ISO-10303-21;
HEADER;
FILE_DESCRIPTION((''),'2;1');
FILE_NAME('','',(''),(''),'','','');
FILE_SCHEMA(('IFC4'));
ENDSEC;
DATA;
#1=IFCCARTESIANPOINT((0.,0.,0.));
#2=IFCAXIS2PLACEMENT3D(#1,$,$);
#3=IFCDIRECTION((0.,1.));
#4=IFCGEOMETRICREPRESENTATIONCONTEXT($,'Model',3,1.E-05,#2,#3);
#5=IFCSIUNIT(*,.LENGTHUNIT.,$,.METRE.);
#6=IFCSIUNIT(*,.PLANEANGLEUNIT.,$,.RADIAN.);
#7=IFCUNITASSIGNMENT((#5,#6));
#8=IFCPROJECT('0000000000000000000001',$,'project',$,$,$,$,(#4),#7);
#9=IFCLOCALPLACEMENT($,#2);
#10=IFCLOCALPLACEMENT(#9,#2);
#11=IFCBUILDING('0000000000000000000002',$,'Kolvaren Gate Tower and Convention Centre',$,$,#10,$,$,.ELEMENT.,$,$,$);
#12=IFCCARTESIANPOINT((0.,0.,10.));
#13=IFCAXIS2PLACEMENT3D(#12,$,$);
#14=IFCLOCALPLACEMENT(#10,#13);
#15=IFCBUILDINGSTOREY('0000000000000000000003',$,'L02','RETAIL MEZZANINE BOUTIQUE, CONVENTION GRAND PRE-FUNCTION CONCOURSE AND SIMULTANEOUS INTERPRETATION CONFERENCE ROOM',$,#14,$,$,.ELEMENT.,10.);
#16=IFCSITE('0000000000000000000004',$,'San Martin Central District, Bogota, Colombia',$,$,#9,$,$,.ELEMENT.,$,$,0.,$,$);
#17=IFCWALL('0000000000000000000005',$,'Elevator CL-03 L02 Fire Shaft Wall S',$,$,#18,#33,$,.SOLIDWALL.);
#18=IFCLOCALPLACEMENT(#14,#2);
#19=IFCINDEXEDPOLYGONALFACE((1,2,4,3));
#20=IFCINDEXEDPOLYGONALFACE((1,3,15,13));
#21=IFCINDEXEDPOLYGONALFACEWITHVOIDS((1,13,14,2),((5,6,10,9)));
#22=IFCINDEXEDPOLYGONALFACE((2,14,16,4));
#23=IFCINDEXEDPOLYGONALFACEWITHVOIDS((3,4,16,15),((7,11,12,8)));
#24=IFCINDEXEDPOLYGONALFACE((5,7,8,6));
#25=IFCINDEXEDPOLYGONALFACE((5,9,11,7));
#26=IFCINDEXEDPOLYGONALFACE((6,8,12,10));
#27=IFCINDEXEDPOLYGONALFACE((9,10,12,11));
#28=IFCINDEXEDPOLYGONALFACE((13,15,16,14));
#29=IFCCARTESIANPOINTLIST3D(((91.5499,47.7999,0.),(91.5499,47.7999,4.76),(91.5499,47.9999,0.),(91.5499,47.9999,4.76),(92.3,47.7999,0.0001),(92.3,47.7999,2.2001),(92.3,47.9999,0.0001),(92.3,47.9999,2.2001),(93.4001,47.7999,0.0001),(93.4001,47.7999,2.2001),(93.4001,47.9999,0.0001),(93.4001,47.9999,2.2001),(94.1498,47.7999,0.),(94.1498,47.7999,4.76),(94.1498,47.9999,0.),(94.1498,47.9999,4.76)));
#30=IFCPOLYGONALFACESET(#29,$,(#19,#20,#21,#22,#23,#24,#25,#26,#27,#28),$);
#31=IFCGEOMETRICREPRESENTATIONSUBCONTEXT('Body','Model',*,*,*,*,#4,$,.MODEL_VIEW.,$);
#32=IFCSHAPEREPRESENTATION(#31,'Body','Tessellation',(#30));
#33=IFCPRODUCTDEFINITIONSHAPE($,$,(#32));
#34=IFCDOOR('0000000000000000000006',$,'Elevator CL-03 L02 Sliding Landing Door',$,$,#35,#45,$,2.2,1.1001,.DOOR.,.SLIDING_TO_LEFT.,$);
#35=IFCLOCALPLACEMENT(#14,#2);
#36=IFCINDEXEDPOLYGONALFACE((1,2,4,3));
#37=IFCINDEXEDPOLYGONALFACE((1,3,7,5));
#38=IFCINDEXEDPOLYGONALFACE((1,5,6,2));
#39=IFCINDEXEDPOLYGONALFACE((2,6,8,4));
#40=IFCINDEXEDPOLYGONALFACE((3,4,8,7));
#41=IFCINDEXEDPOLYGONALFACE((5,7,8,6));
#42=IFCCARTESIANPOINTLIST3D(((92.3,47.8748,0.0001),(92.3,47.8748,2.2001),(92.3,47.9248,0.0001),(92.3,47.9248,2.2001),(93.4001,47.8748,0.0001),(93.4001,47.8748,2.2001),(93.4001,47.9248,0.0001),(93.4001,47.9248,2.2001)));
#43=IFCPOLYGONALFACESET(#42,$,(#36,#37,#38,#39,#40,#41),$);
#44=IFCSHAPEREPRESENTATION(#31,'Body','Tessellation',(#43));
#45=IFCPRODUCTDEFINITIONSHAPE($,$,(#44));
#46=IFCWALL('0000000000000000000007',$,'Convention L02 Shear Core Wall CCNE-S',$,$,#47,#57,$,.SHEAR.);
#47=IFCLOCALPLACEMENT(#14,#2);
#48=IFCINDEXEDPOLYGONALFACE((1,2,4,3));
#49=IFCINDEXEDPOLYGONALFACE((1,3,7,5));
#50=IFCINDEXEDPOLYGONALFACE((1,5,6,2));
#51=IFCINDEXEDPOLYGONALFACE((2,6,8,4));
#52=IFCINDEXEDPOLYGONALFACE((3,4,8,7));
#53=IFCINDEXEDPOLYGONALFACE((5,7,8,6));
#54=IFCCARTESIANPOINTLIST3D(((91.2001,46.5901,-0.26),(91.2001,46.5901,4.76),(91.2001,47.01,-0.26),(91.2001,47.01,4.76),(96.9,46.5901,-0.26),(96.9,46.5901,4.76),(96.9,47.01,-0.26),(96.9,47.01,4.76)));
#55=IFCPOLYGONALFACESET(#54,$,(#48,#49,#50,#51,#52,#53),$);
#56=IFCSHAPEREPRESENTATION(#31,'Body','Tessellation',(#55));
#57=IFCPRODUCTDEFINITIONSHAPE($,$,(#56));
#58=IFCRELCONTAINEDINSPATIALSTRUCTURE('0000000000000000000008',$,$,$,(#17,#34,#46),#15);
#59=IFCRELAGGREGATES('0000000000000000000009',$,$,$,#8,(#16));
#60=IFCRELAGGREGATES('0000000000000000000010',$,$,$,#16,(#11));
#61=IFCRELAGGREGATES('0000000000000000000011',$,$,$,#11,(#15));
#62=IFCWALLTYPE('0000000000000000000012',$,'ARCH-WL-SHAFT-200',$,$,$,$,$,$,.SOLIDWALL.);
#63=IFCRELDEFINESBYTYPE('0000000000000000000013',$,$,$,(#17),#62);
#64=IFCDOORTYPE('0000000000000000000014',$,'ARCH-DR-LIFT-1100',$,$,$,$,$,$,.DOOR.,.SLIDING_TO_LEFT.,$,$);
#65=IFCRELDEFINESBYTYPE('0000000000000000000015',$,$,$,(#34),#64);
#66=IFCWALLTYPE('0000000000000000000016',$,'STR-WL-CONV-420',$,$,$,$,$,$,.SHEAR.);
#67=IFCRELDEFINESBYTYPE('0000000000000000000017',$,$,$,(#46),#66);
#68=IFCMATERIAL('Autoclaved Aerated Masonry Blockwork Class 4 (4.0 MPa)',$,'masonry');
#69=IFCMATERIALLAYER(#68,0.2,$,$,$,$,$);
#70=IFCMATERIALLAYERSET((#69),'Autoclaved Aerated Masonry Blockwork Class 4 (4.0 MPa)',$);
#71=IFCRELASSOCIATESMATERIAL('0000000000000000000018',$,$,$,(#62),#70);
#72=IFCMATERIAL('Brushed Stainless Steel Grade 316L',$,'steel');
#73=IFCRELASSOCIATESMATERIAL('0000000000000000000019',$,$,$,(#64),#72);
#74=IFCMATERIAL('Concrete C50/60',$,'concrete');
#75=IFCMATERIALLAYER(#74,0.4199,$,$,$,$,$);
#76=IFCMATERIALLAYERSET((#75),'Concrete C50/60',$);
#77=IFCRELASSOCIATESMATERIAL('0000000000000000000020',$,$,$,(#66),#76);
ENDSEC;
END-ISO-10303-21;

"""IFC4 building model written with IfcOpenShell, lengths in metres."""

from ifc_helpers import new_model, si_unit, direction, frame, frame_2d, origin, place, context, subcontext, project, spatial, rectangle, extrude, material, layer, layer_set, type_object, element, fill, save


model = new_model("IFC4")

# Units and contexts
model_context = context("Model", 3, precision=1e-05, world=origin(), true_north=direction((0.0, 1.0)))
body_context = subcontext(model_context, "Body", "Model", "MODEL_VIEW")
ifc_project = project(units=[si_unit("LENGTHUNIT", "METRE"), si_unit("PLANEANGLEUNIT", "RADIAN")], contexts=[model_context])

# Site, building, storey
site_placement = place(None, origin())
site = spatial("IfcSite", under=ifc_project, at=site_placement, Name="San Martin Central District, Bogota, Colombia", CompositionType="ELEMENT", RefElevation=0.0)
building_placement = place(site_placement, origin())
building = spatial("IfcBuilding", under=site, at=building_placement, Name="Kolvaren Gate Tower and Convention Centre", CompositionType="ELEMENT")
storey_placement = place(building_placement, frame((0.0, 0.0, 10.0)))
storey = spatial("IfcBuildingStorey", under=building, at=storey_placement, Name="L02", Description="RETAIL MEZZANINE BOUTIQUE, CONVENTION GRAND PRE-FUNCTION CONCOURSE AND SIMULTANEOUS INTERPRETATION CONFERENCE ROOM", CompositionType="ELEMENT", Elevation=10.0)

# Shared definitions
ifc_material_1 = material(Name="Autoclaved Aerated Masonry Blockwork Class 4 (4.0 MPa)", Category="masonry")
ifc_layer_1 = layer(ifc_material_1, 0.2)
ifc_layer_set_1 = layer_set([ifc_layer_1], Name="Autoclaved Aerated Masonry Blockwork Class 4 (4.0 MPa)")
wall_type_1 = type_object("IfcWallType", Name="ARCH-WL-SHAFT-200", PredefinedType="SOLIDWALL", material=ifc_layer_set_1)

# Wall, opening, door
wall_1_placement = place(storey_placement, frame((91.55, 47.8999, 0.0), z_axis=(0.0, 0.0, 1.0), x_axis=(1.0, 0.0, 0.0)))
wall_1 = element("IfcWall", 1, at=wall_1_placement, inside=storey, type_object=wall_type_1, Name="Elevator CL-03 L02 Fire Shaft Wall S", PredefinedType="SOLIDWALL", context=body_context, shape_type="SweptSolid", body=[
    extrude(rectangle(XDim=2.5999, YDim=0.2, at=frame_2d((1.2998, 0.0))), origin(), (0.0, 0.0, 1.0), 4.76),
])
opening_placement = place(wall_1_placement, frame((0.75, 0.0, 0.0)))
opening = element("IfcOpeningElement", 2, at=opening_placement, cuts=wall_1, PredefinedType="OPENING", context=body_context, shape_type="SweptSolid", body=[
    extrude(rectangle(XDim=1.1001, YDim=2.2, at=frame_2d((0.55, 1.1001))), frame((0.0, 0.1099, 0.0), z_axis=(0.0, -1.0, 0.0), x_axis=(1.0, 0.0, 0.0)), (0.0, 0.0, 1.0), 0.22),
])
ifc_material_2 = material(Name="Brushed Stainless Steel Grade 316L", Category="steel")
door_type = type_object("IfcDoorType", Name="ARCH-DR-LIFT-1100", OperationType="SLIDING_TO_LEFT", PredefinedType="DOOR", material=ifc_material_2)
door_placement = place(opening_placement, origin())
door = element("IfcDoor", 3, at=door_placement, inside=storey, type_object=door_type, Name="Elevator CL-03 L02 Sliding Landing Door", OperationType="SLIDING_TO_LEFT", OverallHeight=2.2, OverallWidth=1.1001, PredefinedType="DOOR", context=body_context, shape_type="SweptSolid", body=[
    extrude(rectangle(XDim=1.1001, YDim=2.2, at=frame_2d((0.55, 1.1001))), frame((0.0, 0.0249, 0.0), z_axis=(0.0, -1.0, 0.0), x_axis=(1.0, 0.0, 0.0)), (0.0, 0.0, 1.0), 0.05),
])
fill(opening, door)

# Wall
ifc_material_3 = material(Name="Concrete C50/60", Category="concrete")
ifc_layer_2 = layer(ifc_material_3, 0.4199)
ifc_layer_set_2 = layer_set([ifc_layer_2], Name="Concrete C50/60")
wall_type_2 = type_object("IfcWallType", Name="STR-WL-CONV-420", PredefinedType="SHEAR", material=ifc_layer_set_2)
wall_2_placement = place(storey_placement, frame((91.2, 46.8, -0.26), z_axis=(0.0, 0.0, 1.0), x_axis=(1.0, 0.0, 0.0)))
element("IfcWall", 4, at=wall_2_placement, inside=storey, type_object=wall_type_2, Name="Convention L02 Shear Core Wall CCNE-S", PredefinedType="SHEAR", context=body_context, shape_type="SweptSolid", body=[
    extrude(rectangle(XDim=5.7, YDim=0.4199, at=frame_2d((2.8501, 0.0))), origin(), (0.0, 0.0, 1.0), 5.02),
])

save(model, "model.ifc")
